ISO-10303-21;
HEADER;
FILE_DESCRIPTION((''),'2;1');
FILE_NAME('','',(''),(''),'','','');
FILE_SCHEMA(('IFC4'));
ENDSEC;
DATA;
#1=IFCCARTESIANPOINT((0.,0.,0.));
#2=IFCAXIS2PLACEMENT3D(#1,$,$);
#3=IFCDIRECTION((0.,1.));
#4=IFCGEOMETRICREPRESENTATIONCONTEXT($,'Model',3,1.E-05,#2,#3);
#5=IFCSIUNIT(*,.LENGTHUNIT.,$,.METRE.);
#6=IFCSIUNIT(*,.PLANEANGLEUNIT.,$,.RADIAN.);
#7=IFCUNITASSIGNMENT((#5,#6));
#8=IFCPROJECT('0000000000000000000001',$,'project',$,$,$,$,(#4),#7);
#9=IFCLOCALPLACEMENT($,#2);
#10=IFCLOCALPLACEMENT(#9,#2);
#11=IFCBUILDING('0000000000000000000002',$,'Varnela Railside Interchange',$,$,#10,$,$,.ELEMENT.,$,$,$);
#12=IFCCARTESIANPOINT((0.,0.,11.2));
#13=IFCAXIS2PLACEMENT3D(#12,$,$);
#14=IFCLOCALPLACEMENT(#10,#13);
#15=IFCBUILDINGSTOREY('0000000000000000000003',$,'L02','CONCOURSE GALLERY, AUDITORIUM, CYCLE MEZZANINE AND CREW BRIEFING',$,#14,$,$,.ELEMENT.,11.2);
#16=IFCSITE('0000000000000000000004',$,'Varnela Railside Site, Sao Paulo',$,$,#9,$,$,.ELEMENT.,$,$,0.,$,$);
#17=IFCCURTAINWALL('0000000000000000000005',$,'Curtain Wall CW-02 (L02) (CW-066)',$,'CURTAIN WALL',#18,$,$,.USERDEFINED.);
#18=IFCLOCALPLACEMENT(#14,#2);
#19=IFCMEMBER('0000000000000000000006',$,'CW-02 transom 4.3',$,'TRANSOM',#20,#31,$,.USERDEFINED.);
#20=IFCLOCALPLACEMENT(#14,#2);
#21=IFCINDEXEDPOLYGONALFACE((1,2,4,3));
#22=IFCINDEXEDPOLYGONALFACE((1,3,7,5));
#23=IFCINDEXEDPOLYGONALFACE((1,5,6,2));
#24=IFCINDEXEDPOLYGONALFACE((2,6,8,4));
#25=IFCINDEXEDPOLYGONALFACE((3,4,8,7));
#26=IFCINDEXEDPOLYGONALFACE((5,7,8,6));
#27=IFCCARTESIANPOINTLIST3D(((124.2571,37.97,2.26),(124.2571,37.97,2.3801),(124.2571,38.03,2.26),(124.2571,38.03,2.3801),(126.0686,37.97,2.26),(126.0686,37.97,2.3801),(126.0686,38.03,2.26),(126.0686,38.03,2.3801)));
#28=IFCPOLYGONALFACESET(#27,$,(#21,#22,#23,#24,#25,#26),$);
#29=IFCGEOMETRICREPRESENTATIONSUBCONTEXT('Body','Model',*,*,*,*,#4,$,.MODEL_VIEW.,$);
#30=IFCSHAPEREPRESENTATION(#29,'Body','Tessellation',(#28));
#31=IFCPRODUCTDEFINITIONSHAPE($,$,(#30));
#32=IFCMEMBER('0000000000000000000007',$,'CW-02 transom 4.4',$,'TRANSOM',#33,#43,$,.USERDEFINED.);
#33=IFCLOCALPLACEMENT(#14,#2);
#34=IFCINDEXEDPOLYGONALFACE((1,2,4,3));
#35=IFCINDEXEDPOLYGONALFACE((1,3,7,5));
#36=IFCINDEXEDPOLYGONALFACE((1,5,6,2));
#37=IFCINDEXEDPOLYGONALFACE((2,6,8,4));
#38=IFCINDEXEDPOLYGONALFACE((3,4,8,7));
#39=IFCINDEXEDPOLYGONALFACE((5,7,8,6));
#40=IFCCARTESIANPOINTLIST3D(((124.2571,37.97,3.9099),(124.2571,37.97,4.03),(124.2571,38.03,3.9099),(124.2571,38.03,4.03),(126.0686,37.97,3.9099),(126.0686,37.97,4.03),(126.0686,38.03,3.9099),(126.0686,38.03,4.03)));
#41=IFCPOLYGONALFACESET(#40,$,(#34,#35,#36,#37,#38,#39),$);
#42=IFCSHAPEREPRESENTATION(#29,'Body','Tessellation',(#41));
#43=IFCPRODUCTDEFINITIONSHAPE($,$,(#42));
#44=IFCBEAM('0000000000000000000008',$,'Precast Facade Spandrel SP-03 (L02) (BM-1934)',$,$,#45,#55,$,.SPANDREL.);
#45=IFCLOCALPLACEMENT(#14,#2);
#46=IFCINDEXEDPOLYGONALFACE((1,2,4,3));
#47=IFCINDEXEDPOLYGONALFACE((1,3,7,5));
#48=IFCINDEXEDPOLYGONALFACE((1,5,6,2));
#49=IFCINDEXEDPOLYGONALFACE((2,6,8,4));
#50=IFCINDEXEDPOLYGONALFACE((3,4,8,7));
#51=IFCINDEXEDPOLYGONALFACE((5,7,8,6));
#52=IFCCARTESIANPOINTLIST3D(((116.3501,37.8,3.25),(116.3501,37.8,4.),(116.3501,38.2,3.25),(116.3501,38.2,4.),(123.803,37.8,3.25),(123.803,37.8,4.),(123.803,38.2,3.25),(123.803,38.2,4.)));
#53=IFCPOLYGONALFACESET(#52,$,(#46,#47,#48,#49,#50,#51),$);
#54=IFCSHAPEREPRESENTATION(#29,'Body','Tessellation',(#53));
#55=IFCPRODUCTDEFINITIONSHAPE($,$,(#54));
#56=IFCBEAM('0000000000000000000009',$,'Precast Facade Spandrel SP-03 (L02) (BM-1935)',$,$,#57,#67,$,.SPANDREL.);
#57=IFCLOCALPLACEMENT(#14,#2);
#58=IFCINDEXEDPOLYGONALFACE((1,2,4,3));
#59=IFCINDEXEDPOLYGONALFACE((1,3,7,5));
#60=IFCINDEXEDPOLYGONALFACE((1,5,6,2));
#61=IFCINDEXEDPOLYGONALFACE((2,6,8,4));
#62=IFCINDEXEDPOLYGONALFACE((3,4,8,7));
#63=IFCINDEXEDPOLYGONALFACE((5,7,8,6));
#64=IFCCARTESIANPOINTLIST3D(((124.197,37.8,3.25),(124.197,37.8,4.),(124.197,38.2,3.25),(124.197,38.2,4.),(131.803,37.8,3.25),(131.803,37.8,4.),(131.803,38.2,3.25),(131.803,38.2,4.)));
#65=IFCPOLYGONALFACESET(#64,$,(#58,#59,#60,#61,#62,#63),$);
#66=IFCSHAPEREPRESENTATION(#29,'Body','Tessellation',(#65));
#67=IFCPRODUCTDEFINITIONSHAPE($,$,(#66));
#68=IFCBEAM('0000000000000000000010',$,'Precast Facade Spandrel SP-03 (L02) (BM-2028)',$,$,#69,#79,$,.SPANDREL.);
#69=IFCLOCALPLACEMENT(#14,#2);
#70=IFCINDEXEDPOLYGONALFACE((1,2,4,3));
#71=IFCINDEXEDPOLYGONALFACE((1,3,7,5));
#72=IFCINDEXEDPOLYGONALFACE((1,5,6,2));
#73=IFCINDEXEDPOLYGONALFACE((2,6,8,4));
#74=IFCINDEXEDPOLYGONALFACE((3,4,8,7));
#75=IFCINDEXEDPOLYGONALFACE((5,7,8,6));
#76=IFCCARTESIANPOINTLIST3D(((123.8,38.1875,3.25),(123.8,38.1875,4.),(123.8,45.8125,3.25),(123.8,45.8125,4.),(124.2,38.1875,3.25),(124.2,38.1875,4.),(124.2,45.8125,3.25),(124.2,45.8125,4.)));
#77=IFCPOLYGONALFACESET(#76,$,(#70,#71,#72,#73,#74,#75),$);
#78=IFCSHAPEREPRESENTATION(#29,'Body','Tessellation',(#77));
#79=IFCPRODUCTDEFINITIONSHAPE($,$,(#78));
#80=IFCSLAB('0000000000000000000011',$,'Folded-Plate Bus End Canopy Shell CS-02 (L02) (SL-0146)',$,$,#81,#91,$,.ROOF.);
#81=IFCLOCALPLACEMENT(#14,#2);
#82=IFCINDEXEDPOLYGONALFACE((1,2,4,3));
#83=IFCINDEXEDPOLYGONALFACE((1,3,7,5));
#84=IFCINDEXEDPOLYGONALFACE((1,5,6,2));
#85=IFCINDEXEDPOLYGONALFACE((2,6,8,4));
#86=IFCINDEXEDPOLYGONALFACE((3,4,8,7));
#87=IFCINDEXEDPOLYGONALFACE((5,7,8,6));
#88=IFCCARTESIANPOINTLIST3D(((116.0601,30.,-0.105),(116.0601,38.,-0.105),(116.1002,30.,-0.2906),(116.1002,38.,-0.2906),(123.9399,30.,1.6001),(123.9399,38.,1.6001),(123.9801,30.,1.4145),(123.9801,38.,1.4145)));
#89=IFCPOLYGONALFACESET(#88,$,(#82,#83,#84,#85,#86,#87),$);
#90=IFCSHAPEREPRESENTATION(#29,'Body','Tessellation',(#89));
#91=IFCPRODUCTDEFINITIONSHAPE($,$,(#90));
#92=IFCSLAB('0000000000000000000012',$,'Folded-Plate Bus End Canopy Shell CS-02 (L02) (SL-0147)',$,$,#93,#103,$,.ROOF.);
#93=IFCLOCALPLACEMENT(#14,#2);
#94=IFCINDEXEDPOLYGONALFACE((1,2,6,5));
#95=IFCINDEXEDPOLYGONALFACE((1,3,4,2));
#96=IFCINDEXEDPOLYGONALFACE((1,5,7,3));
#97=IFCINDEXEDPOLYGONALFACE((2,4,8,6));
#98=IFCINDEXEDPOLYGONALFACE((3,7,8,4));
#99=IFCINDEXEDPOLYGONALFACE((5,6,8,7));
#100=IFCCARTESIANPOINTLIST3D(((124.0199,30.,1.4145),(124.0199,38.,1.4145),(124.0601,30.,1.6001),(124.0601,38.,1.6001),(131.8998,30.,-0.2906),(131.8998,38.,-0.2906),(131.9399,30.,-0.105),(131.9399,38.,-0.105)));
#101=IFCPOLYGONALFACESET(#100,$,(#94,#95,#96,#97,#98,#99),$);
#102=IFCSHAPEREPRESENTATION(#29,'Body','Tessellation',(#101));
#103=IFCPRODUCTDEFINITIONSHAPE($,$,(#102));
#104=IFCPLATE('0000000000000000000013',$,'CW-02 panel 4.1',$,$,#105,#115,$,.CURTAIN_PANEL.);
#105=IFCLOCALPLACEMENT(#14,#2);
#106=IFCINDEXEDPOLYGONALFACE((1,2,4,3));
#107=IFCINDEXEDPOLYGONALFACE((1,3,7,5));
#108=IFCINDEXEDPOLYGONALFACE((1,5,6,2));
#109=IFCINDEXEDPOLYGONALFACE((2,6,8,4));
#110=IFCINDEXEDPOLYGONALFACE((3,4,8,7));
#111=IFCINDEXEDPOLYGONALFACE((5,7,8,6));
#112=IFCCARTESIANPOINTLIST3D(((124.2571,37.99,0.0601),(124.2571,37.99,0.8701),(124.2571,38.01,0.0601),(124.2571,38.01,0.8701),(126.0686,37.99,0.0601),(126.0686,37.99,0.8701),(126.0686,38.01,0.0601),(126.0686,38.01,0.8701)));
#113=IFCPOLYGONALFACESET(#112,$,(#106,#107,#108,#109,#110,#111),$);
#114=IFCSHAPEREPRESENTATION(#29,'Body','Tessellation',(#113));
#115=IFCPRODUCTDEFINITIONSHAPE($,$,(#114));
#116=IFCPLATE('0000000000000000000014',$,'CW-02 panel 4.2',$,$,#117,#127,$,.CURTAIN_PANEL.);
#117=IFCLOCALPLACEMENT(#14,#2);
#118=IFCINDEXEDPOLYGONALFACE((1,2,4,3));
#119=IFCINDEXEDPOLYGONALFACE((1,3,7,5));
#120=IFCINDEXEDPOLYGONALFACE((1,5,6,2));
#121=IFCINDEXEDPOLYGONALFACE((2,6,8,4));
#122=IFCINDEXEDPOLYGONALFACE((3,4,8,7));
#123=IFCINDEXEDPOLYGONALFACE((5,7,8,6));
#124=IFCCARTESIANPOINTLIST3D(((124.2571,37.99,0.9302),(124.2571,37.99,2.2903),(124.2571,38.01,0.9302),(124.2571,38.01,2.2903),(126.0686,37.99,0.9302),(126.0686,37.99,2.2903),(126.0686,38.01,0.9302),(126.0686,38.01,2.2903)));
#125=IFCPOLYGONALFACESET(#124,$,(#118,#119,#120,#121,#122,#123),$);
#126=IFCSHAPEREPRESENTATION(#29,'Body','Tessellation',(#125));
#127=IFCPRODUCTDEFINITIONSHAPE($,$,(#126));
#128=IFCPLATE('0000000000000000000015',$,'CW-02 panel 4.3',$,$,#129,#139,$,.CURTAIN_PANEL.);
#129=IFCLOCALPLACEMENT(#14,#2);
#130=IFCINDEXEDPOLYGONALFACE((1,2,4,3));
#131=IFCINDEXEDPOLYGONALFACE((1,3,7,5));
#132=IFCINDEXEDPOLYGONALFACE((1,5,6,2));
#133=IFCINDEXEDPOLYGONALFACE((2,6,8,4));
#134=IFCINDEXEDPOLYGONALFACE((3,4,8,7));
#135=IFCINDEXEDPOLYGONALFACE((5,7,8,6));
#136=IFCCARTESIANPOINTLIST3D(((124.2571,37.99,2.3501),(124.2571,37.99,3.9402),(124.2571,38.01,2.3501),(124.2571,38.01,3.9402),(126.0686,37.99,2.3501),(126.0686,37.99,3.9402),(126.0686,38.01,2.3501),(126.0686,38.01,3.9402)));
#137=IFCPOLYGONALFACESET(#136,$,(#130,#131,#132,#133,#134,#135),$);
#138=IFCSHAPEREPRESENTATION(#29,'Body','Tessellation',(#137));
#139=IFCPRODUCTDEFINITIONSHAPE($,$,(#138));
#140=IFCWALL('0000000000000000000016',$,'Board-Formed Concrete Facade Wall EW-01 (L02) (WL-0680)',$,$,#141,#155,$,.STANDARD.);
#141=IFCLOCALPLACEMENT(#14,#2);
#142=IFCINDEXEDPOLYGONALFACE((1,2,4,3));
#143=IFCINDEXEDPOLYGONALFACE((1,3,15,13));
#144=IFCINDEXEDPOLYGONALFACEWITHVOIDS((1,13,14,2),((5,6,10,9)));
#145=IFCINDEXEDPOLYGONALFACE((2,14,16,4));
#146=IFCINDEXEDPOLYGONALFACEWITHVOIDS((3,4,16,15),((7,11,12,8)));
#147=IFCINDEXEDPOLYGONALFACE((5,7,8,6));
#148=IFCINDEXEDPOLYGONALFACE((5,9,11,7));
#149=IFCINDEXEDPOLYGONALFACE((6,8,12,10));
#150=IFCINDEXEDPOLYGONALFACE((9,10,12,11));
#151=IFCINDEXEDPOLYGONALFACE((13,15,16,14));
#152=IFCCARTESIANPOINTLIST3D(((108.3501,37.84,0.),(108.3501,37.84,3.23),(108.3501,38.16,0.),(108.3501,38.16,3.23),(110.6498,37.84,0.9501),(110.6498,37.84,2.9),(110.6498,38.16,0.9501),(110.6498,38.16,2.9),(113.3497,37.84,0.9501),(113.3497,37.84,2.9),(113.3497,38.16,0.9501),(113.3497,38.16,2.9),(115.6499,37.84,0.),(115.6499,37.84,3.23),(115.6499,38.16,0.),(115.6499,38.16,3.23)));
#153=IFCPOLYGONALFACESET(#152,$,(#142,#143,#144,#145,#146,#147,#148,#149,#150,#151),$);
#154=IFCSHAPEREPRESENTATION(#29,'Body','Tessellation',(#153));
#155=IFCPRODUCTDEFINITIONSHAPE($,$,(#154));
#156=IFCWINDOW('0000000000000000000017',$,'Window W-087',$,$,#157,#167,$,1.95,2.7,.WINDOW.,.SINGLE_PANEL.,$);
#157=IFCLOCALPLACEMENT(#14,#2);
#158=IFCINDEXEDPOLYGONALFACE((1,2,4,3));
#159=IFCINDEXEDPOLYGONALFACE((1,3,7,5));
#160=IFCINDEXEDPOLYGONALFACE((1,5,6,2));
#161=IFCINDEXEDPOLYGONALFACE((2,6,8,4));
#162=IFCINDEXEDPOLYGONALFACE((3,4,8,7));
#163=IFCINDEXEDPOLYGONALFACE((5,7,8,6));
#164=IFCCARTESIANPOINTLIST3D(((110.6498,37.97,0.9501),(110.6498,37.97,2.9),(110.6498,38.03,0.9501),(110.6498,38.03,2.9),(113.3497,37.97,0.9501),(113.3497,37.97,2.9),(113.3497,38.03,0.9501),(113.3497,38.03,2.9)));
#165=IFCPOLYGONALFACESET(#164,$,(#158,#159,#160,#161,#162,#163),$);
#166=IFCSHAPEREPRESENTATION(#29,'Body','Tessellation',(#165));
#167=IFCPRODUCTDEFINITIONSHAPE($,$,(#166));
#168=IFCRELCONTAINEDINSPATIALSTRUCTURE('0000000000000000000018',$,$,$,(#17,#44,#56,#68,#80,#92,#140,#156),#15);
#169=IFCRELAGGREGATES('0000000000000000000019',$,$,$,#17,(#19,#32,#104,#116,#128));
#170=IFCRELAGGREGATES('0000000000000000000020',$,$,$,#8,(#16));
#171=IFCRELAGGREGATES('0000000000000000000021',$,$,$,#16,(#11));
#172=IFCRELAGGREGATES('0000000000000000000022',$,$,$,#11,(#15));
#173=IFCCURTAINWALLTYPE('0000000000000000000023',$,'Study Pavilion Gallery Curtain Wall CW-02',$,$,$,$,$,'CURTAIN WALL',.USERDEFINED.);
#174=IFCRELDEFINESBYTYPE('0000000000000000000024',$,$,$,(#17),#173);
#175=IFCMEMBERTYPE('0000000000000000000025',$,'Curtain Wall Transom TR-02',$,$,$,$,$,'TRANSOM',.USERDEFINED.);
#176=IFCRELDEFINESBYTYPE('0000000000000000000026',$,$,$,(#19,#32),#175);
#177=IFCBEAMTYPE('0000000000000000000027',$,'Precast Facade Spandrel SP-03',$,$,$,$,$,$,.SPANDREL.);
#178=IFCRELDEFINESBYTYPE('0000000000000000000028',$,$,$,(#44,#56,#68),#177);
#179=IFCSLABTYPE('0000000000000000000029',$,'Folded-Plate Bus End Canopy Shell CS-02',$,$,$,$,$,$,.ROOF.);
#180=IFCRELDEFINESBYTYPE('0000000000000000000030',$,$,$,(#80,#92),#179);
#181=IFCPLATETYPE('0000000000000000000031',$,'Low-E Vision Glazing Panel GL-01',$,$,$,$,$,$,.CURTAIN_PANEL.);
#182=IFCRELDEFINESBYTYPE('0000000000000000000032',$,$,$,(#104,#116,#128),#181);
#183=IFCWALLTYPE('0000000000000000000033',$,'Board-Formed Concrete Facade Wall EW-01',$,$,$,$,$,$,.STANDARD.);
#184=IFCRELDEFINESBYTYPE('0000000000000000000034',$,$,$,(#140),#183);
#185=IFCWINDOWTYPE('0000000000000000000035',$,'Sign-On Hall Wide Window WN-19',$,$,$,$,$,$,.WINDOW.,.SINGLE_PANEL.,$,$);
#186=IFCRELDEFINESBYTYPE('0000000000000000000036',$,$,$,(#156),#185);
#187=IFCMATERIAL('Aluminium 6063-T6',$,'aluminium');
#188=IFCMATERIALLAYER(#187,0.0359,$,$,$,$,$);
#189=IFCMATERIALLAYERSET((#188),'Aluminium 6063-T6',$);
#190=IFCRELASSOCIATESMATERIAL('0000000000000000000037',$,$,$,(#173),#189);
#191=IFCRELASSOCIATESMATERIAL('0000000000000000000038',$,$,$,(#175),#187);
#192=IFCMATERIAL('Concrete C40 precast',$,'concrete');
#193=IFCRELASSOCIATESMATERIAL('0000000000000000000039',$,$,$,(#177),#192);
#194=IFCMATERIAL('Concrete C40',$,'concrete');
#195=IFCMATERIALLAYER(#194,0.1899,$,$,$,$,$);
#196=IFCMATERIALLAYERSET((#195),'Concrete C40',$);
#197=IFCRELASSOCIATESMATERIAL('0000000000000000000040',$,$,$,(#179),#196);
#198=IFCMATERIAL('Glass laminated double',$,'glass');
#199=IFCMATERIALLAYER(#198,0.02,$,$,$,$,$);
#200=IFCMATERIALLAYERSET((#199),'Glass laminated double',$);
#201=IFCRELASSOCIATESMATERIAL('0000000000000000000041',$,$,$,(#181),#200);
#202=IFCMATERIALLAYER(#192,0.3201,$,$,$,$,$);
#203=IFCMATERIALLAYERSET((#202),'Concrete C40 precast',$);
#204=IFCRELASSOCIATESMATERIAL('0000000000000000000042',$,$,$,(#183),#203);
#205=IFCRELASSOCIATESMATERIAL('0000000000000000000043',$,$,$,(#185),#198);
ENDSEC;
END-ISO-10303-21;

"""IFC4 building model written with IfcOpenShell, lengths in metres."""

from ifc_helpers import new_model, si_unit, direction, frame, frame_2d, origin, origin_2d, place, context, subcontext, project, spatial, polyline, rectangle, outline, extrude, material, layer, layer_set, material_profile, profile_set, type_object, element, fill, aggregate, save


model = new_model("IFC4")

# Units and contexts
model_context = context("Model", 3, precision=1e-05, world=origin(), true_north=direction((0.0, 1.0)))
body_context = subcontext(model_context, "Body", "Model", "MODEL_VIEW")
ifc_project = project(units=[si_unit("LENGTHUNIT", "METRE"), si_unit("PLANEANGLEUNIT", "RADIAN")], contexts=[model_context])

# Site, building, storey
site_placement = place(None, origin())
site = spatial("IfcSite", under=ifc_project, at=site_placement, Name="Varnela Railside Site, Sao Paulo", CompositionType="ELEMENT", RefElevation=0.0)
building_placement = place(site_placement, origin())
building = spatial("IfcBuilding", under=site, at=building_placement, Name="Varnela Railside Interchange", CompositionType="ELEMENT")
storey_placement = place(building_placement, frame((0.0, 0.0, 11.2)))
storey = spatial("IfcBuildingStorey", under=building, at=storey_placement, Name="L02", Description="CONCOURSE GALLERY, AUDITORIUM, CYCLE MEZZANINE AND CREW BRIEFING", CompositionType="ELEMENT", Elevation=11.2)

# Curtain wall, members
ifc_material_1 = material(Name="Aluminium 6063-T6", Category="aluminium")
ifc_layer_1 = layer(ifc_material_1, 0.0359)
ifc_layer_set_1 = layer_set([ifc_layer_1], Name="Aluminium 6063-T6")
curtain_wall_type = type_object("IfcCurtainWallType", Name="Study Pavilion Gallery Curtain Wall CW-02", ElementType="CURTAIN WALL", PredefinedType="USERDEFINED", material=ifc_layer_set_1)
curtain_wall_placement = place(storey_placement, origin())
curtain_wall = element("IfcCurtainWall", 1, at=curtain_wall_placement, inside=storey, type_object=curtain_wall_type, Name="Curtain Wall CW-02 (L02) (CW-066)", ObjectType="CURTAIN WALL", PredefinedType="USERDEFINED")
ifc_material_profile_1 = material_profile(ifc_material_1, rectangle(XDim=0.0601, YDim=0.1201, at=origin_2d()), Name="ALU 60x120")
ifc_profile_set_1 = profile_set([ifc_material_profile_1], Name="Aluminium 6063-T6")
member_type_1 = type_object("IfcMemberType", Name="Curtain Wall Transom TR-02", ElementType="TRANSOM", PredefinedType="USERDEFINED", material=ifc_profile_set_1)
member_1_placement = place(storey_placement, frame((126.0686, 38.0, 2.3201), z_axis=(-1.0, 0.0, 0.0), x_axis=(0.0, -1.0, 0.0)))
member_1 = element("IfcMember", 2, at=member_1_placement, type_object=member_type_1, Name="CW-02 transom 4.3", ObjectType="TRANSOM", PredefinedType="USERDEFINED", context=body_context, shape_type="SweptSolid", body=[
    extrude(rectangle(XDim=0.0601, YDim=0.1201, at=origin_2d()), origin(), (0.0, 0.0, 1.0), 1.8115),
])
member_2_placement = place(storey_placement, frame((126.0686, 38.0, 3.97), z_axis=(-1.0, 0.0, 0.0), x_axis=(0.0, -1.0, 0.0)))
member_2 = element("IfcMember", 3, at=member_2_placement, type_object=member_type_1, Name="CW-02 transom 4.4", ObjectType="TRANSOM", PredefinedType="USERDEFINED", context=body_context, shape_type="SweptSolid", body=[
    extrude(rectangle(XDim=0.0601, YDim=0.1201, at=origin_2d()), origin(), (0.0, 0.0, 1.0), 1.8115),
])

# Beams
ifc_material_2 = material(Name="Concrete C40 precast", Category="concrete")
ifc_material_profile_2 = material_profile(ifc_material_2, rectangle(XDim=0.3999, YDim=0.75, at=origin_2d()), Name="PC 400x750")
ifc_profile_set_2 = profile_set([ifc_material_profile_2], Name="Concrete C40 precast")
beam_type_1 = type_object("IfcBeamType", Name="Precast Facade Spandrel SP-03", PredefinedType="SPANDREL", material=ifc_profile_set_2)
beam_1_placement = place(storey_placement, frame((116.3501, 38.0, 3.625), z_axis=(1.0, 0.0, 0.0), x_axis=(0.0, 1.0, 0.0)))
element("IfcBeam", 4, at=beam_1_placement, inside=storey, type_object=beam_type_1, Name="Precast Facade Spandrel SP-03 (L02) (BM-1934)", PredefinedType="SPANDREL", context=body_context, shape_type="SweptSolid", body=[
    extrude(rectangle(XDim=0.3999, YDim=0.75, at=origin_2d()), origin(), (0.0, 0.0, 1.0), 7.4529),
])
beam_2_placement = place(storey_placement, frame((124.197, 38.0, 3.625), z_axis=(1.0, 0.0, 0.0), x_axis=(0.0, 1.0, 0.0)))
element("IfcBeam", 5, at=beam_2_placement, inside=storey, type_object=beam_type_1, Name="Precast Facade Spandrel SP-03 (L02) (BM-1935)", PredefinedType="SPANDREL", context=body_context, shape_type="SweptSolid", body=[
    extrude(rectangle(XDim=0.3999, YDim=0.75, at=origin_2d()), origin(), (0.0, 0.0, 1.0), 7.606),
])
beam_3_placement = place(storey_placement, frame((124.0, 38.1875, 3.625), z_axis=(0.0, 1.0, 0.0), x_axis=(-1.0, 0.0, 0.0)))
element("IfcBeam", 6, at=beam_3_placement, inside=storey, type_object=beam_type_1, Name="Precast Facade Spandrel SP-03 (L02) (BM-2028)", PredefinedType="SPANDREL", context=body_context, shape_type="SweptSolid", body=[
    extrude(rectangle(XDim=0.3999, YDim=0.75, at=origin_2d()), origin(), (0.0, 0.0, 1.0), 7.625),
])

# Slabs
ifc_material_3 = material(Name="Concrete C40", Category="concrete")
ifc_layer_2 = layer(ifc_material_3, 0.1899)
ifc_layer_set_2 = layer_set([ifc_layer_2], Name="Concrete C40")
slab_type = type_object("IfcSlabType", Name="Folded-Plate Bus End Canopy Shell CS-02", PredefinedType="ROOF", material=ifc_layer_set_2)
for number, where, z_axis, x_axis, name in (
    (7, (116.0601, 30.0, -0.105), (-0.211489, 0.0, 0.97738), (0.97738, 0.0, 0.211489), "Folded-Plate Bus End Canopy Shell CS-02 (L02) (SL-0146)"),
    (8, (124.0601, 30.0, 1.6001), (0.211489, 0.0, 0.97738), (0.97738, 0.0, -0.211489), "Folded-Plate Bus End Canopy Shell CS-02 (L02) (SL-0147)"),
):
    element("IfcSlab", number, at=place(storey_placement, frame(where, z_axis=z_axis, x_axis=x_axis)), inside=storey, type_object=slab_type, Name=name, PredefinedType="ROOF", context=body_context, shape_type="SweptSolid", body=[
        extrude(outline(polyline([(0.0, 0.0), (8.0622, 0.0), (8.0622, 8.0), (0.0, 8.0), (0.0, 0.0)])), origin(), (0.0, 0.0, -1.0), 0.1899),
    ])

# Plates
ifc_material_4 = material(Name="Glass laminated double", Category="glass")
ifc_layer_3 = layer(ifc_material_4, 0.02)
ifc_layer_set_3 = layer_set([ifc_layer_3], Name="Glass laminated double")
plate_type = type_object("IfcPlateType", Name="Low-E Vision Glazing Panel GL-01", PredefinedType="CURTAIN_PANEL", material=ifc_layer_set_3)
plate_1_placement = place(storey_placement, frame((125.1628, 38.0, 0.0601), z_axis=(0.0, 0.0, 1.0), x_axis=(-1.0, 0.0, 0.0)))
plate_1 = element("IfcPlate", 9, at=plate_1_placement, type_object=plate_type, Name="CW-02 panel 4.1", PredefinedType="CURTAIN_PANEL", context=body_context, shape_type="SweptSolid", body=[
    extrude(rectangle(XDim=1.8115, YDim=0.02, at=origin_2d()), origin(), (0.0, 0.0, 1.0), 0.8101),
])
plate_2_placement = place(storey_placement, frame((125.1628, 38.0, 0.9302), z_axis=(0.0, 0.0, 1.0), x_axis=(-1.0, 0.0, 0.0)))
plate_2 = element("IfcPlate", 10, at=plate_2_placement, type_object=plate_type, Name="CW-02 panel 4.2", PredefinedType="CURTAIN_PANEL", context=body_context, shape_type="SweptSolid", body=[
    extrude(rectangle(XDim=1.8115, YDim=0.02, at=origin_2d()), origin(), (0.0, 0.0, 1.0), 1.3601),
])
plate_3_placement = place(storey_placement, frame((125.1628, 38.0, 2.3501), z_axis=(0.0, 0.0, 1.0), x_axis=(-1.0, 0.0, 0.0)))
plate_3 = element("IfcPlate", 11, at=plate_3_placement, type_object=plate_type, Name="CW-02 panel 4.3", PredefinedType="CURTAIN_PANEL", context=body_context, shape_type="SweptSolid", body=[
    extrude(rectangle(XDim=1.8115, YDim=0.02, at=origin_2d()), origin(), (0.0, 0.0, 1.0), 1.5901),
])
aggregate(curtain_wall, [member_1, member_2, plate_1, plate_2, plate_3])

# Wall, opening, window
ifc_layer_4 = layer(ifc_material_2, 0.3201)
ifc_layer_set_4 = layer_set([ifc_layer_4], Name="Concrete C40 precast")
wall_type_1 = type_object("IfcWallType", Name="Board-Formed Concrete Facade Wall EW-01", PredefinedType="STANDARD", material=ifc_layer_set_4)
wall_1_placement = place(storey_placement, frame((115.6499, 38.0, 0.0), z_axis=(0.0, 0.0, 1.0), x_axis=(-1.0, 0.0, 0.0)))
wall_1 = element("IfcWall", 12, at=wall_1_placement, inside=storey, type_object=wall_type_1, Name="Board-Formed Concrete Facade Wall EW-01 (L02) (WL-0680)", PredefinedType="STANDARD", context=body_context, shape_type="SweptSolid", body=[
    extrude(rectangle(XDim=7.2998, YDim=0.3201, at=frame_2d((3.6499, 0.0))), origin(), (0.0, 0.0, 1.0), 3.23),
])
opening_1_placement = place(wall_1_placement, frame((2.3, 0.0, 0.95)))
opening_1 = element("IfcOpeningElement", 13, at=opening_1_placement, cuts=wall_1, PredefinedType="OPENING", context=body_context, shape_type="SweptSolid", body=[
    extrude(rectangle(XDim=2.7, YDim=1.95, at=frame_2d((1.3501, 0.9751))), frame((0.0, 0.1699, 0.0), z_axis=(0.0, -1.0, 0.0), x_axis=(1.0, 0.0, 0.0)), (0.0, 0.0, 1.0), 0.3401),
])
window_type_1 = type_object("IfcWindowType", Name="Sign-On Hall Wide Window WN-19", PartitioningType="SINGLE_PANEL", PredefinedType="WINDOW", material=ifc_material_4)
window_1_placement = place(opening_1_placement, origin())
window_1 = element("IfcWindow", 14, at=window_1_placement, inside=storey, type_object=window_type_1, Name="Window W-087", OverallHeight=1.95, OverallWidth=2.7, PartitioningType="SINGLE_PANEL", PredefinedType="WINDOW", context=body_context, shape_type="SweptSolid", body=[
    extrude(rectangle(XDim=2.7, YDim=1.95, at=frame_2d((1.3501, 0.9751))), frame((0.0, 0.03, 0.0), z_axis=(0.0, -1.0, 0.0), x_axis=(1.0, 0.0, 0.0)), (0.0, 0.0, 1.0), 0.0601),
])
fill(opening_1, window_1)

save(model, "model.ifc")
